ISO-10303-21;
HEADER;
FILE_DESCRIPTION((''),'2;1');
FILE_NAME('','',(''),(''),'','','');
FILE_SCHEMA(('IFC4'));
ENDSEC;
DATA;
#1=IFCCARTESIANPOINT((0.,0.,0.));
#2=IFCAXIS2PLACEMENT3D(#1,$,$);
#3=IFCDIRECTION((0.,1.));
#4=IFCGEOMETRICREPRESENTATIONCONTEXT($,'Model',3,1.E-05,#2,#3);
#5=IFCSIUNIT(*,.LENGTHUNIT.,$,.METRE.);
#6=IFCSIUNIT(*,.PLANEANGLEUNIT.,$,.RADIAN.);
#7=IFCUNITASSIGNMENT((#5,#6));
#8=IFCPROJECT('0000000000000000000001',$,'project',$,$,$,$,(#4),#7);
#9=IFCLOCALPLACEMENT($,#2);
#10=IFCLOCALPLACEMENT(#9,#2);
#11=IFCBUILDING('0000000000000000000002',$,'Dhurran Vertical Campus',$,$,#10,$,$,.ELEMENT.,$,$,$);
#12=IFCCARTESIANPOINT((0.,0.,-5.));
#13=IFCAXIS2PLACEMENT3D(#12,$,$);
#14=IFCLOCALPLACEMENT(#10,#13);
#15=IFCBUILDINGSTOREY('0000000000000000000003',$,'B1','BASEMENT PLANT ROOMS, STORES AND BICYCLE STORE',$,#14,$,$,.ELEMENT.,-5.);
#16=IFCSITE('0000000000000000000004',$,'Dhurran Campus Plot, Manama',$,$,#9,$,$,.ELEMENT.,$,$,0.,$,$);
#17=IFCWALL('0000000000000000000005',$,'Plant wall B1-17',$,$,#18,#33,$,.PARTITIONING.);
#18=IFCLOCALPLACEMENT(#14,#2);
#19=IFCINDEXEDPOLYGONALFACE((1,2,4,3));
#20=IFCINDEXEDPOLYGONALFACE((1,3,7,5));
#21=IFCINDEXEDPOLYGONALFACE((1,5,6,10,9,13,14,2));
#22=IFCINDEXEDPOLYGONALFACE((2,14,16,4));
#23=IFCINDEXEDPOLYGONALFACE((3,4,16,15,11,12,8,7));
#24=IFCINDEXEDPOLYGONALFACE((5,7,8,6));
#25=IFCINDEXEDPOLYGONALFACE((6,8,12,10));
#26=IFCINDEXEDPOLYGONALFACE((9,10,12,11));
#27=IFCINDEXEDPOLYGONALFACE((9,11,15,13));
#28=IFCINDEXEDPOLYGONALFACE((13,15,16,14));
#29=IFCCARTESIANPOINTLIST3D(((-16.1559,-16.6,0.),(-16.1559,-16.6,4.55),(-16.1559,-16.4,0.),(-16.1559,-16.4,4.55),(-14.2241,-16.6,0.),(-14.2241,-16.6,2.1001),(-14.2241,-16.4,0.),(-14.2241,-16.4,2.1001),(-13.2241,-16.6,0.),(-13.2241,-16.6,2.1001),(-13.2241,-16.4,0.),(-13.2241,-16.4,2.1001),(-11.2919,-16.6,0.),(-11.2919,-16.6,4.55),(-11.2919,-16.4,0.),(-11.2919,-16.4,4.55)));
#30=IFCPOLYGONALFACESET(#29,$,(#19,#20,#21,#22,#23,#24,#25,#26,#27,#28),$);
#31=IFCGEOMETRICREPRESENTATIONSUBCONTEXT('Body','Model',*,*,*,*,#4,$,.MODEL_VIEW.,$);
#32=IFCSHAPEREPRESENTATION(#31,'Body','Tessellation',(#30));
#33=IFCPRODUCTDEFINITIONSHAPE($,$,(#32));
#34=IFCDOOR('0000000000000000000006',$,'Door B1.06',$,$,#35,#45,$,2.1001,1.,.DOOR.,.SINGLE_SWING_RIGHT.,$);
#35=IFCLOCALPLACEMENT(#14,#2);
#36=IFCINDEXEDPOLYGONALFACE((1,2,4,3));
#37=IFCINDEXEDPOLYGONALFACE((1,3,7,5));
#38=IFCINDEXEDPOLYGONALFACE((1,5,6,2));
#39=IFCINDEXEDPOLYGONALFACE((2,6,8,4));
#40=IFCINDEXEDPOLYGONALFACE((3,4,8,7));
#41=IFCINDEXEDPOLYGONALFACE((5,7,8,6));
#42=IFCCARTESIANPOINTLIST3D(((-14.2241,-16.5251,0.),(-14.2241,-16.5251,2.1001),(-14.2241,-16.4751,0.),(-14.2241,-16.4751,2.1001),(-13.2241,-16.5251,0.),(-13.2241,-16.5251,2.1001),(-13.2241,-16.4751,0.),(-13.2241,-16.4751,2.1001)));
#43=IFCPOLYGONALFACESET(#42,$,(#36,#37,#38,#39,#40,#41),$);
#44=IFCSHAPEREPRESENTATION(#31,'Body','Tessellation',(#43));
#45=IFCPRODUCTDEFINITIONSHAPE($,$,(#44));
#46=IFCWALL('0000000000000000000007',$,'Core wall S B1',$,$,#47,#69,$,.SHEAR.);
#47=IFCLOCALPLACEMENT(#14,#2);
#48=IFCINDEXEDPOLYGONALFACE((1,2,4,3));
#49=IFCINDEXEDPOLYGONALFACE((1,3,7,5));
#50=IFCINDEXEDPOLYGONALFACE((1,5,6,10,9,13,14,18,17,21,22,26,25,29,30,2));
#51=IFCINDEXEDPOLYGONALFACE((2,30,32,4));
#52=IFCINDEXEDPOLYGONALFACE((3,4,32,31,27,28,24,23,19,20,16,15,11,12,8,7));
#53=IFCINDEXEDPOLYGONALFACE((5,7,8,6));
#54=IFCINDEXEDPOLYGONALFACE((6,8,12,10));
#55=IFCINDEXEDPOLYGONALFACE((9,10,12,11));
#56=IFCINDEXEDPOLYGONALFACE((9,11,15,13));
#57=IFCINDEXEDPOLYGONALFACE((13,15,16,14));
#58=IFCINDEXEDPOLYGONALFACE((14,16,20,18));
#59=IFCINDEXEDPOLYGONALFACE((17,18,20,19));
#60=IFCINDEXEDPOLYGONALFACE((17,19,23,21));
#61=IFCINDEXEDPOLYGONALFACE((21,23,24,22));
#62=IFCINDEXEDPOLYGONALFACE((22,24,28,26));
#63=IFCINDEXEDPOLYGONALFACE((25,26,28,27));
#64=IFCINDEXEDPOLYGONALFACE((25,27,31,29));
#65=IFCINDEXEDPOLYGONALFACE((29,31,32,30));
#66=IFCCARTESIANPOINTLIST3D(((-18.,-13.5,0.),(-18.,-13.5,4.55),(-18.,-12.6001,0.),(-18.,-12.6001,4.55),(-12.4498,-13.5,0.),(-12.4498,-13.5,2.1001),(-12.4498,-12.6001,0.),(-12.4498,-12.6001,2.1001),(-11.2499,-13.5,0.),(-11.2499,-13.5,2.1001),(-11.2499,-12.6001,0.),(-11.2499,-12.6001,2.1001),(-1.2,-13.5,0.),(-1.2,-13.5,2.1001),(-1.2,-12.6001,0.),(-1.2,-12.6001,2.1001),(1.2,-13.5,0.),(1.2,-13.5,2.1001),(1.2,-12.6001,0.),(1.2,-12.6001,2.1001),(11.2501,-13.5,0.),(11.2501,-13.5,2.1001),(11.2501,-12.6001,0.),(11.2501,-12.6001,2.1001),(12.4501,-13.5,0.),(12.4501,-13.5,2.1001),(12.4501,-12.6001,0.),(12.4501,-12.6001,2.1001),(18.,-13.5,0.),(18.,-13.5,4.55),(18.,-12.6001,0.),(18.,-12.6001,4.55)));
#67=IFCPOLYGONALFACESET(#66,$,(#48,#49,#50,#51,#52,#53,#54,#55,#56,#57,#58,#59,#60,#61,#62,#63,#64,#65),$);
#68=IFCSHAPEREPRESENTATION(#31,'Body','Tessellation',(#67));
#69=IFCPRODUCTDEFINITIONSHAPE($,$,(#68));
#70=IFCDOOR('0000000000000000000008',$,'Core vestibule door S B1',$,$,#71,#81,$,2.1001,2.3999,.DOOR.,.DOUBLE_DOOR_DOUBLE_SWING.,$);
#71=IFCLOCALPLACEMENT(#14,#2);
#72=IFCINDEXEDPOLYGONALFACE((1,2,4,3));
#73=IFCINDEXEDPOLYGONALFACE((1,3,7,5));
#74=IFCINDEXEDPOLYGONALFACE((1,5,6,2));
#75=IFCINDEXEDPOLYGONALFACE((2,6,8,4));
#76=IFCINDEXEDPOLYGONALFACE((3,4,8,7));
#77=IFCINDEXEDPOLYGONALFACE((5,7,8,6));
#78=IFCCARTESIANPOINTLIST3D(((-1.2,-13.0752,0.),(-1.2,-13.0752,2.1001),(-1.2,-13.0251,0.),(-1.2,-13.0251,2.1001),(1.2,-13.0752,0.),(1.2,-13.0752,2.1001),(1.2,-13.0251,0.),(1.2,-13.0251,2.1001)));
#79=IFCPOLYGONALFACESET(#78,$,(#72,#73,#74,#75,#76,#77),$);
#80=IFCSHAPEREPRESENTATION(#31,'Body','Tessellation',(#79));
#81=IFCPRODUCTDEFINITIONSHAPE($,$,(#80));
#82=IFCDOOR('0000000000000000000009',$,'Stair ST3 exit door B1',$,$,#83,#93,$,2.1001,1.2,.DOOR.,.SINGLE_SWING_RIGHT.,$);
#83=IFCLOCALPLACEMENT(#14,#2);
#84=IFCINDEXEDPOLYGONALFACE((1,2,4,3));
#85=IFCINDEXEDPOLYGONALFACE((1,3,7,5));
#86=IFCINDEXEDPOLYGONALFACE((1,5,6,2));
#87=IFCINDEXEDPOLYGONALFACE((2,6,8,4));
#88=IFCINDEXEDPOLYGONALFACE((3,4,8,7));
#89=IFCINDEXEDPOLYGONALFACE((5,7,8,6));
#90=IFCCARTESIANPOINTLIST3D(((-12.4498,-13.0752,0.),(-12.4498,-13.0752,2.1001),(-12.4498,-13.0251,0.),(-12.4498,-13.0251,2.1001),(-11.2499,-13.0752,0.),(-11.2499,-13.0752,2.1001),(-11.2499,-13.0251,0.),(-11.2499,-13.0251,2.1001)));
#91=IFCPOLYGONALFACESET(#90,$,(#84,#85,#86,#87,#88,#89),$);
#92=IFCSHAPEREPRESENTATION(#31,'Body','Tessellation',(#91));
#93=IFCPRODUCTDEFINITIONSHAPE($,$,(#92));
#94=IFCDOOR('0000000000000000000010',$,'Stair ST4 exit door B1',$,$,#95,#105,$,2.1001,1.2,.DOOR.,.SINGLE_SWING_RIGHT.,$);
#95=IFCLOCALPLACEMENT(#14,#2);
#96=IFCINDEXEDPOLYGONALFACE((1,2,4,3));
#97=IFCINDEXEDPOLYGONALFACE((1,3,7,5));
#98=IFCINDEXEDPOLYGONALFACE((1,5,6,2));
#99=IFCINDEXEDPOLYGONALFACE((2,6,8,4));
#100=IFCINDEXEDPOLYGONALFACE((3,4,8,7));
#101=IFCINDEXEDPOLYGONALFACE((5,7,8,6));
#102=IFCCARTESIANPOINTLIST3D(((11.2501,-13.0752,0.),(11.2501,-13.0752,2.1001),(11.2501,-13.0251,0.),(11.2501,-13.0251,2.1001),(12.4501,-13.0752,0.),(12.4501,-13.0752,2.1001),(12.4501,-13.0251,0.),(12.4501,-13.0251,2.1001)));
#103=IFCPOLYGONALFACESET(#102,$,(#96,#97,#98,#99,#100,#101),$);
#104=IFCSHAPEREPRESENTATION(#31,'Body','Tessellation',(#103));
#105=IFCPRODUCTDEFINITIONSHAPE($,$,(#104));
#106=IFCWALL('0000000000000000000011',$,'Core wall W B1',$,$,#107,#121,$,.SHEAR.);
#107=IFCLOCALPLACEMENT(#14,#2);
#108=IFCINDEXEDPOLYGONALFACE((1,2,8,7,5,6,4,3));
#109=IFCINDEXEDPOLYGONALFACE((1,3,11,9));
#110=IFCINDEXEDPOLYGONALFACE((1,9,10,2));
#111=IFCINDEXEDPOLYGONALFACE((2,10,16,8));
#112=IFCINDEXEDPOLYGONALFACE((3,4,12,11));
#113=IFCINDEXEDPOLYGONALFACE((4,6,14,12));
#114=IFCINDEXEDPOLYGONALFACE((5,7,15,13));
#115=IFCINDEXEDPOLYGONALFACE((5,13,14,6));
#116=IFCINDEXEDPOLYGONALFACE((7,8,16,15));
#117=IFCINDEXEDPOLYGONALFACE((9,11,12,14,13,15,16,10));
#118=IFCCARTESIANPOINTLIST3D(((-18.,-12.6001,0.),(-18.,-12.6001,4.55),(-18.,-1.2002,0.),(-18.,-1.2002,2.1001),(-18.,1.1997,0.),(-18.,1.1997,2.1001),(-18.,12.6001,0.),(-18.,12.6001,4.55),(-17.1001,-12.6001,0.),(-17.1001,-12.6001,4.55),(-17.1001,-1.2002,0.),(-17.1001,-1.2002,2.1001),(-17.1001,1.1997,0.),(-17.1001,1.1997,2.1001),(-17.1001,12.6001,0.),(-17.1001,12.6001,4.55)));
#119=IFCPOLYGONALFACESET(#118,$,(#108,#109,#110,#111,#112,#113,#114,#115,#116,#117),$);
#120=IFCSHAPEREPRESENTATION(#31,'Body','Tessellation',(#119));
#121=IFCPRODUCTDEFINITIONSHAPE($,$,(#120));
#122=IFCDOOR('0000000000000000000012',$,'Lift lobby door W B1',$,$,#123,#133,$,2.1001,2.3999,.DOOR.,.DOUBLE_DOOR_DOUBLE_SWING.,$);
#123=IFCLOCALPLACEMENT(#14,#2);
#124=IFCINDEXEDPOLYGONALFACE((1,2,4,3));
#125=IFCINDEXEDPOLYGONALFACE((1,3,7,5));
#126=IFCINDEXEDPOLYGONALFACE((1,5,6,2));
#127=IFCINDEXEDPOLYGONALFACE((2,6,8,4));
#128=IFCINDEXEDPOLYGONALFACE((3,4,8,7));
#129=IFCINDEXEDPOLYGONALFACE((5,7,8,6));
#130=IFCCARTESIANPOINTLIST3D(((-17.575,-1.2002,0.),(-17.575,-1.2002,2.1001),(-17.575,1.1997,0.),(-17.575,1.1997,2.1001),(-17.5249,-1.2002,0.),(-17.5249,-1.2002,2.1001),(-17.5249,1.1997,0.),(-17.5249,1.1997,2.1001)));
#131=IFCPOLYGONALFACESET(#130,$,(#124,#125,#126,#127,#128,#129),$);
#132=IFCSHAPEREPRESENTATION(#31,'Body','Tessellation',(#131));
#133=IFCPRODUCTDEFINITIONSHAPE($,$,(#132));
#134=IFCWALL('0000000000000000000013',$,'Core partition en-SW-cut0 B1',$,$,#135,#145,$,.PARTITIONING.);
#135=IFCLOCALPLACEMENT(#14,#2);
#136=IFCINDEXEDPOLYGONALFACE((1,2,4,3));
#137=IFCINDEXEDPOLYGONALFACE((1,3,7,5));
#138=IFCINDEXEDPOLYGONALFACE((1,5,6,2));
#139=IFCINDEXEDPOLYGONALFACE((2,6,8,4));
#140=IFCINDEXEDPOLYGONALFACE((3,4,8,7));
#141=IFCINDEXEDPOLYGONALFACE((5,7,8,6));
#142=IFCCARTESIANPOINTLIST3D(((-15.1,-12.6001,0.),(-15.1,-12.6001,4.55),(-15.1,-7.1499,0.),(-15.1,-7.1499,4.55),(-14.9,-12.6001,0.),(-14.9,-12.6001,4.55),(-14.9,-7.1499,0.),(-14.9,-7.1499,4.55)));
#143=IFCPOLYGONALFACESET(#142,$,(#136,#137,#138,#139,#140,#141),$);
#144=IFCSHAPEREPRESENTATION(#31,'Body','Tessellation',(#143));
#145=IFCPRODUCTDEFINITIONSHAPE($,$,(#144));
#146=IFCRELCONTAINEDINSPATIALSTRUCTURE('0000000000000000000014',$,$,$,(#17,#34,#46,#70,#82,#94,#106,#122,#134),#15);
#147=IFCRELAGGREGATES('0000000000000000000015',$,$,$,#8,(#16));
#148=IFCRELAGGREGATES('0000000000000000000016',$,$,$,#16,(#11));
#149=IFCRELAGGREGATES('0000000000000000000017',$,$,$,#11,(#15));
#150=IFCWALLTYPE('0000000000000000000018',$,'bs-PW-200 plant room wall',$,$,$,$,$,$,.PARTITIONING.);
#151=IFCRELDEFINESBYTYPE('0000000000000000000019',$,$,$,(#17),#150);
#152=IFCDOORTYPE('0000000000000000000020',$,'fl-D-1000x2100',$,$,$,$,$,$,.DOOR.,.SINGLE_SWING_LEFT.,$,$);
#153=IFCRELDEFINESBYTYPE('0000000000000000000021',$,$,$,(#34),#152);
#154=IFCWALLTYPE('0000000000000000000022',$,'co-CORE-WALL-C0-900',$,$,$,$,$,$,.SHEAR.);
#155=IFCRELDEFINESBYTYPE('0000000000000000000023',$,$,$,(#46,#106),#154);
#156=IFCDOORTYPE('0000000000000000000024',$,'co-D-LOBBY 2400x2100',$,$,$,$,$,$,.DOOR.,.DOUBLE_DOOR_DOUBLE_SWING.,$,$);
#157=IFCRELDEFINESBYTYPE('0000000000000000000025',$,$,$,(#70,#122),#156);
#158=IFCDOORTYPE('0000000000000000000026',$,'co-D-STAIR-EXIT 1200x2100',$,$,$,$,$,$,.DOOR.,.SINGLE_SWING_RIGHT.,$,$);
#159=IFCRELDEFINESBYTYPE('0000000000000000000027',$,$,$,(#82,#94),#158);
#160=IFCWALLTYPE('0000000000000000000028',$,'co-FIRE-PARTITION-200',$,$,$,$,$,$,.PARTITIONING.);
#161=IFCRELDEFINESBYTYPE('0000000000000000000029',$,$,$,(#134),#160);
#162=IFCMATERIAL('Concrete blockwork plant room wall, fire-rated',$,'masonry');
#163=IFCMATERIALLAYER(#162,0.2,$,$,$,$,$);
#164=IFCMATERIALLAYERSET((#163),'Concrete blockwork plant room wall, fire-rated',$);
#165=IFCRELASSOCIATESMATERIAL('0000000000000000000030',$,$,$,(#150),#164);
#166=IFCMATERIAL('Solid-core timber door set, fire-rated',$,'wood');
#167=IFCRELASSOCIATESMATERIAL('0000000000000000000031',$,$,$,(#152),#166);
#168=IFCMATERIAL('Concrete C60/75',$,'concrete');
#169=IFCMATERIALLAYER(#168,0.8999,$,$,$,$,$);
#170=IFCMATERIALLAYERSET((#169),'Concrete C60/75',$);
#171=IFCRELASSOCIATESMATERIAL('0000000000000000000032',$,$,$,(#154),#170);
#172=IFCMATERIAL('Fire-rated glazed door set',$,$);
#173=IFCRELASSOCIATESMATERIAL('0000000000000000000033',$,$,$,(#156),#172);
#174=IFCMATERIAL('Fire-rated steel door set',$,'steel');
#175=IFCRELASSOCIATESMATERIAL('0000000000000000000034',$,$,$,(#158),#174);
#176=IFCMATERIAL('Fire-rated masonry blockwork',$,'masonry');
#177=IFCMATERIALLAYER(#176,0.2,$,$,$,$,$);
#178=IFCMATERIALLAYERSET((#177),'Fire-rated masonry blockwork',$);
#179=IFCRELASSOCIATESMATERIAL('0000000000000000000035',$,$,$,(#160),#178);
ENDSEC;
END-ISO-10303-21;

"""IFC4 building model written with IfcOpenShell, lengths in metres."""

from ifc_helpers import new_model, si_unit, direction, frame, frame_2d, origin, place, context, subcontext, project, spatial, rectangle, extrude, material, layer, layer_set, type_object, element, fill, save


model = new_model("IFC4")

# Units and contexts
model_context = context("Model", 3, precision=1e-05, world=origin(), true_north=direction((0.0, 1.0)))
body_context = subcontext(model_context, "Body", "Model", "MODEL_VIEW")
ifc_project = project(units=[si_unit("LENGTHUNIT", "METRE"), si_unit("PLANEANGLEUNIT", "RADIAN")], contexts=[model_context])

# Site, building, storey
site_placement = place(None, origin())
site = spatial("IfcSite", under=ifc_project, at=site_placement, Name="Dhurran Campus Plot, Manama", CompositionType="ELEMENT", RefElevation=0.0)
building_placement = place(site_placement, origin())
building = spatial("IfcBuilding", under=site, at=building_placement, Name="Dhurran Vertical Campus", CompositionType="ELEMENT")
storey_placement = place(building_placement, frame((0.0, 0.0, -5.0)))
storey = spatial("IfcBuildingStorey", under=building, at=storey_placement, Name="B1", Description="BASEMENT PLANT ROOMS, STORES AND BICYCLE STORE", CompositionType="ELEMENT", Elevation=-5.0)

# Shared definitions
ifc_material_1 = material(Name="Concrete blockwork plant room wall, fire-rated", Category="masonry")
ifc_layer_1 = layer(ifc_material_1, 0.2)
ifc_layer_set_1 = layer_set([ifc_layer_1], Name="Concrete blockwork plant room wall, fire-rated")
wall_type_1 = type_object("IfcWallType", Name="bs-PW-200 plant room wall", PredefinedType="PARTITIONING", material=ifc_layer_set_1)

# Wall, opening, door
wall_1_placement = place(storey_placement, frame((-16.156, -16.5, 0.0), z_axis=(0.0, 0.0, 1.0), x_axis=(1.0, 0.0, 0.0)))
wall_1 = element("IfcWall", 1, at=wall_1_placement, inside=storey, type_object=wall_type_1, Name="Plant wall B1-17", PredefinedType="PARTITIONING", context=body_context, shape_type="SweptSolid", body=[
    extrude(rectangle(XDim=4.864, YDim=0.2, at=frame_2d((2.4321, 0.0))), origin(), (0.0, 0.0, 1.0), 4.55),
])
opening_1_placement = place(wall_1_placement, frame((1.9319, 0.0, 0.0)))
opening_1 = element("IfcOpeningElement", 2, at=opening_1_placement, cuts=wall_1, PredefinedType="OPENING", context=body_context, shape_type="SweptSolid", body=[
    extrude(rectangle(XDim=1.0, YDim=2.1001, at=frame_2d((0.5, 1.05))), frame((0.0, 0.1099, 0.0), z_axis=(0.0, -1.0, 0.0), x_axis=(1.0, 0.0, 0.0)), (0.0, 0.0, 1.0), 0.22),
])
ifc_material_2 = material(Name="Solid-core timber door set, fire-rated", Category="wood")
door_type_1 = type_object("IfcDoorType", Name="fl-D-1000x2100", OperationType="SINGLE_SWING_LEFT", PredefinedType="DOOR", material=ifc_material_2)
door_1_placement = place(opening_1_placement, origin())
door_1 = element("IfcDoor", 3, at=door_1_placement, inside=storey, type_object=door_type_1, Name="Door B1.06", OperationType="SINGLE_SWING_RIGHT", OverallHeight=2.1001, OverallWidth=1.0, PredefinedType="DOOR", context=body_context, shape_type="SweptSolid", body=[
    extrude(rectangle(XDim=1.0, YDim=2.1001, at=frame_2d((0.5, 1.05))), frame((0.0, 0.0249, 0.0), z_axis=(0.0, -1.0, 0.0), x_axis=(1.0, 0.0, 0.0)), (0.0, 0.0, 1.0), 0.05),
])
fill(opening_1, door_1)

# Wall, openings, doors
ifc_material_3 = material(Name="Concrete C60/75", Category="concrete")
ifc_layer_2 = layer(ifc_material_3, 0.8999)
ifc_layer_set_2 = layer_set([ifc_layer_2], Name="Concrete C60/75")
wall_type_2 = type_object("IfcWallType", Name="co-CORE-WALL-C0-900", PredefinedType="SHEAR", material=ifc_layer_set_2)
wall_2_placement = place(storey_placement, frame((-18.0, -13.05, 0.0), z_axis=(0.0, 0.0, 1.0), x_axis=(1.0, 0.0, 0.0)))
wall_2 = element("IfcWall", 4, at=wall_2_placement, inside=storey, type_object=wall_type_2, Name="Core wall S B1", PredefinedType="SHEAR", context=body_context, shape_type="SweptSolid", body=[
    extrude(rectangle(XDim=36.0, YDim=0.8999, at=frame_2d((18.0, 0.0))), origin(), (0.0, 0.0, 1.0), 4.55),
])
opening_2_placement = place(wall_2_placement, frame((16.8, 0.0, 0.0)))
opening_2 = element("IfcOpeningElement", 5, at=opening_2_placement, cuts=wall_2, PredefinedType="OPENING", context=body_context, shape_type="SweptSolid", body=[
    extrude(rectangle(XDim=2.3999, YDim=2.1001, at=frame_2d((1.2, 1.05))), frame((0.0, 0.46, 0.0), z_axis=(0.0, -1.0, 0.0), x_axis=(1.0, 0.0, 0.0)), (0.0, 0.0, 1.0), 0.9199),
])
opening_3_placement = place(wall_2_placement, frame((5.55, 0.0, 0.0)))
opening_3 = element("IfcOpeningElement", 6, at=opening_3_placement, cuts=wall_2, PredefinedType="OPENING", context=body_context, shape_type="SweptSolid", body=[
    extrude(rectangle(XDim=1.2, YDim=2.1001, at=frame_2d((0.6001, 1.05))), frame((0.0, 0.46, 0.0), z_axis=(0.0, -1.0, 0.0), x_axis=(1.0, 0.0, 0.0)), (0.0, 0.0, 1.0), 0.9199),
])
opening_4_placement = place(wall_2_placement, frame((29.25, 0.0, 0.0)))
opening_4 = element("IfcOpeningElement", 7, at=opening_4_placement, cuts=wall_2, PredefinedType="OPENING", context=body_context, shape_type="SweptSolid", body=[
    extrude(rectangle(XDim=1.2, YDim=2.1001, at=frame_2d((0.6001, 1.05))), frame((0.0, 0.46, 0.0), z_axis=(0.0, -1.0, 0.0), x_axis=(1.0, 0.0, 0.0)), (0.0, 0.0, 1.0), 0.9199),
])
ifc_material_4 = material(Name="Fire-rated glazed door set")
door_type_2 = type_object("IfcDoorType", Name="co-D-LOBBY 2400x2100", OperationType="DOUBLE_DOOR_DOUBLE_SWING", PredefinedType="DOOR", material=ifc_material_4)
door_2_placement = place(opening_2_placement, origin())
door_2 = element("IfcDoor", 8, at=door_2_placement, inside=storey, type_object=door_type_2, Name="Core vestibule door S B1", OperationType="DOUBLE_DOOR_DOUBLE_SWING", OverallHeight=2.1001, OverallWidth=2.3999, PredefinedType="DOOR", context=body_context, shape_type="SweptSolid", body=[
    extrude(rectangle(XDim=2.3999, YDim=2.1001, at=frame_2d((1.2, 1.05))), frame((0.0, 0.0249, 0.0), z_axis=(0.0, -1.0, 0.0), x_axis=(1.0, 0.0, 0.0)), (0.0, 0.0, 1.0), 0.05),
])
fill(opening_2, door_2)
ifc_material_5 = material(Name="Fire-rated steel door set", Category="steel")
door_type_3 = type_object("IfcDoorType", Name="co-D-STAIR-EXIT 1200x2100", OperationType="SINGLE_SWING_RIGHT", PredefinedType="DOOR", material=ifc_material_5)
door_3_placement = place(opening_3_placement, origin())
door_3 = element("IfcDoor", 9, at=door_3_placement, inside=storey, type_object=door_type_3, Name="Stair ST3 exit door B1", OperationType="SINGLE_SWING_RIGHT", OverallHeight=2.1001, OverallWidth=1.2, PredefinedType="DOOR", context=body_context, shape_type="SweptSolid", body=[
    extrude(rectangle(XDim=1.2, YDim=2.1001, at=frame_2d((0.6001, 1.05))), frame((0.0, 0.0249, 0.0), z_axis=(0.0, -1.0, 0.0), x_axis=(1.0, 0.0, 0.0)), (0.0, 0.0, 1.0), 0.05),
])
fill(opening_3, door_3)
door_4_placement = place(opening_4_placement, origin())
door_4 = element("IfcDoor", 10, at=door_4_placement, inside=storey, type_object=door_type_3, Name="Stair ST4 exit door B1", OperationType="SINGLE_SWING_RIGHT", OverallHeight=2.1001, OverallWidth=1.2, PredefinedType="DOOR", context=body_context, shape_type="SweptSolid", body=[
    extrude(rectangle(XDim=1.2, YDim=2.1001, at=frame_2d((0.6001, 1.05))), frame((0.0, 0.0249, 0.0), z_axis=(0.0, -1.0, 0.0), x_axis=(1.0, 0.0, 0.0)), (0.0, 0.0, 1.0), 0.05),
])
fill(opening_4, door_4)

# Wall, opening, door
wall_3_placement = place(storey_placement, frame((-17.55, -12.6001, 0.0), z_axis=(0.0, 0.0, 1.0), x_axis=(0.0, 1.0, 0.0)))
wall_3 = element("IfcWall", 11, at=wall_3_placement, inside=storey, type_object=wall_type_2, Name="Core wall W B1", PredefinedType="SHEAR", context=body_context, shape_type="SweptSolid", body=[
    extrude(rectangle(XDim=25.2002, YDim=0.8999, at=frame_2d((12.6001, 0.0))), origin(), (0.0, 0.0, 1.0), 4.55),
])
opening_5_placement = place(wall_3_placement, frame((11.3999, 0.0, 0.0)))
opening_5 = element("IfcOpeningElement", 12, at=opening_5_placement, cuts=wall_3, PredefinedType="OPENING", context=body_context, shape_type="SweptSolid", body=[
    extrude(rectangle(XDim=2.3999, YDim=2.1001, at=frame_2d((1.2, 1.05))), frame((0.0, 0.46, 0.0), z_axis=(0.0, -1.0, 0.0), x_axis=(1.0, 0.0, 0.0)), (0.0, 0.0, 1.0), 0.9199),
])
door_5_placement = place(opening_5_placement, origin())
door_5 = element("IfcDoor", 13, at=door_5_placement, inside=storey, type_object=door_type_2, Name="Lift lobby door W B1", OperationType="DOUBLE_DOOR_DOUBLE_SWING", OverallHeight=2.1001, OverallWidth=2.3999, PredefinedType="DOOR", context=body_context, shape_type="SweptSolid", body=[
    extrude(rectangle(XDim=2.3999, YDim=2.1001, at=frame_2d((1.2, 1.05))), frame((0.0, 0.0249, 0.0), z_axis=(0.0, -1.0, 0.0), x_axis=(1.0, 0.0, 0.0)), (0.0, 0.0, 1.0), 0.05),
])
fill(opening_5, door_5)

# Wall
ifc_material_6 = material(Name="Fire-rated masonry blockwork", Category="masonry")
ifc_layer_3 = layer(ifc_material_6, 0.2)
ifc_layer_set_3 = layer_set([ifc_layer_3], Name="Fire-rated masonry blockwork")
wall_type_3 = type_object("IfcWallType", Name="co-FIRE-PARTITION-200", PredefinedType="PARTITIONING", material=ifc_layer_set_3)
wall_4_placement = place(storey_placement, frame((-15.0, -12.6001, 0.0), z_axis=(0.0, 0.0, 1.0), x_axis=(0.0, 1.0, 0.0)))
element("IfcWall", 14, at=wall_4_placement, inside=storey, type_object=wall_type_3, Name="Core partition en-SW-cut0 B1", PredefinedType="PARTITIONING", context=body_context, shape_type="SweptSolid", body=[
    extrude(rectangle(XDim=5.4502, YDim=0.2, at=frame_2d((2.7251, 0.0))), origin(), (0.0, 0.0, 1.0), 4.55),
])

save(model, "model.ifc")
